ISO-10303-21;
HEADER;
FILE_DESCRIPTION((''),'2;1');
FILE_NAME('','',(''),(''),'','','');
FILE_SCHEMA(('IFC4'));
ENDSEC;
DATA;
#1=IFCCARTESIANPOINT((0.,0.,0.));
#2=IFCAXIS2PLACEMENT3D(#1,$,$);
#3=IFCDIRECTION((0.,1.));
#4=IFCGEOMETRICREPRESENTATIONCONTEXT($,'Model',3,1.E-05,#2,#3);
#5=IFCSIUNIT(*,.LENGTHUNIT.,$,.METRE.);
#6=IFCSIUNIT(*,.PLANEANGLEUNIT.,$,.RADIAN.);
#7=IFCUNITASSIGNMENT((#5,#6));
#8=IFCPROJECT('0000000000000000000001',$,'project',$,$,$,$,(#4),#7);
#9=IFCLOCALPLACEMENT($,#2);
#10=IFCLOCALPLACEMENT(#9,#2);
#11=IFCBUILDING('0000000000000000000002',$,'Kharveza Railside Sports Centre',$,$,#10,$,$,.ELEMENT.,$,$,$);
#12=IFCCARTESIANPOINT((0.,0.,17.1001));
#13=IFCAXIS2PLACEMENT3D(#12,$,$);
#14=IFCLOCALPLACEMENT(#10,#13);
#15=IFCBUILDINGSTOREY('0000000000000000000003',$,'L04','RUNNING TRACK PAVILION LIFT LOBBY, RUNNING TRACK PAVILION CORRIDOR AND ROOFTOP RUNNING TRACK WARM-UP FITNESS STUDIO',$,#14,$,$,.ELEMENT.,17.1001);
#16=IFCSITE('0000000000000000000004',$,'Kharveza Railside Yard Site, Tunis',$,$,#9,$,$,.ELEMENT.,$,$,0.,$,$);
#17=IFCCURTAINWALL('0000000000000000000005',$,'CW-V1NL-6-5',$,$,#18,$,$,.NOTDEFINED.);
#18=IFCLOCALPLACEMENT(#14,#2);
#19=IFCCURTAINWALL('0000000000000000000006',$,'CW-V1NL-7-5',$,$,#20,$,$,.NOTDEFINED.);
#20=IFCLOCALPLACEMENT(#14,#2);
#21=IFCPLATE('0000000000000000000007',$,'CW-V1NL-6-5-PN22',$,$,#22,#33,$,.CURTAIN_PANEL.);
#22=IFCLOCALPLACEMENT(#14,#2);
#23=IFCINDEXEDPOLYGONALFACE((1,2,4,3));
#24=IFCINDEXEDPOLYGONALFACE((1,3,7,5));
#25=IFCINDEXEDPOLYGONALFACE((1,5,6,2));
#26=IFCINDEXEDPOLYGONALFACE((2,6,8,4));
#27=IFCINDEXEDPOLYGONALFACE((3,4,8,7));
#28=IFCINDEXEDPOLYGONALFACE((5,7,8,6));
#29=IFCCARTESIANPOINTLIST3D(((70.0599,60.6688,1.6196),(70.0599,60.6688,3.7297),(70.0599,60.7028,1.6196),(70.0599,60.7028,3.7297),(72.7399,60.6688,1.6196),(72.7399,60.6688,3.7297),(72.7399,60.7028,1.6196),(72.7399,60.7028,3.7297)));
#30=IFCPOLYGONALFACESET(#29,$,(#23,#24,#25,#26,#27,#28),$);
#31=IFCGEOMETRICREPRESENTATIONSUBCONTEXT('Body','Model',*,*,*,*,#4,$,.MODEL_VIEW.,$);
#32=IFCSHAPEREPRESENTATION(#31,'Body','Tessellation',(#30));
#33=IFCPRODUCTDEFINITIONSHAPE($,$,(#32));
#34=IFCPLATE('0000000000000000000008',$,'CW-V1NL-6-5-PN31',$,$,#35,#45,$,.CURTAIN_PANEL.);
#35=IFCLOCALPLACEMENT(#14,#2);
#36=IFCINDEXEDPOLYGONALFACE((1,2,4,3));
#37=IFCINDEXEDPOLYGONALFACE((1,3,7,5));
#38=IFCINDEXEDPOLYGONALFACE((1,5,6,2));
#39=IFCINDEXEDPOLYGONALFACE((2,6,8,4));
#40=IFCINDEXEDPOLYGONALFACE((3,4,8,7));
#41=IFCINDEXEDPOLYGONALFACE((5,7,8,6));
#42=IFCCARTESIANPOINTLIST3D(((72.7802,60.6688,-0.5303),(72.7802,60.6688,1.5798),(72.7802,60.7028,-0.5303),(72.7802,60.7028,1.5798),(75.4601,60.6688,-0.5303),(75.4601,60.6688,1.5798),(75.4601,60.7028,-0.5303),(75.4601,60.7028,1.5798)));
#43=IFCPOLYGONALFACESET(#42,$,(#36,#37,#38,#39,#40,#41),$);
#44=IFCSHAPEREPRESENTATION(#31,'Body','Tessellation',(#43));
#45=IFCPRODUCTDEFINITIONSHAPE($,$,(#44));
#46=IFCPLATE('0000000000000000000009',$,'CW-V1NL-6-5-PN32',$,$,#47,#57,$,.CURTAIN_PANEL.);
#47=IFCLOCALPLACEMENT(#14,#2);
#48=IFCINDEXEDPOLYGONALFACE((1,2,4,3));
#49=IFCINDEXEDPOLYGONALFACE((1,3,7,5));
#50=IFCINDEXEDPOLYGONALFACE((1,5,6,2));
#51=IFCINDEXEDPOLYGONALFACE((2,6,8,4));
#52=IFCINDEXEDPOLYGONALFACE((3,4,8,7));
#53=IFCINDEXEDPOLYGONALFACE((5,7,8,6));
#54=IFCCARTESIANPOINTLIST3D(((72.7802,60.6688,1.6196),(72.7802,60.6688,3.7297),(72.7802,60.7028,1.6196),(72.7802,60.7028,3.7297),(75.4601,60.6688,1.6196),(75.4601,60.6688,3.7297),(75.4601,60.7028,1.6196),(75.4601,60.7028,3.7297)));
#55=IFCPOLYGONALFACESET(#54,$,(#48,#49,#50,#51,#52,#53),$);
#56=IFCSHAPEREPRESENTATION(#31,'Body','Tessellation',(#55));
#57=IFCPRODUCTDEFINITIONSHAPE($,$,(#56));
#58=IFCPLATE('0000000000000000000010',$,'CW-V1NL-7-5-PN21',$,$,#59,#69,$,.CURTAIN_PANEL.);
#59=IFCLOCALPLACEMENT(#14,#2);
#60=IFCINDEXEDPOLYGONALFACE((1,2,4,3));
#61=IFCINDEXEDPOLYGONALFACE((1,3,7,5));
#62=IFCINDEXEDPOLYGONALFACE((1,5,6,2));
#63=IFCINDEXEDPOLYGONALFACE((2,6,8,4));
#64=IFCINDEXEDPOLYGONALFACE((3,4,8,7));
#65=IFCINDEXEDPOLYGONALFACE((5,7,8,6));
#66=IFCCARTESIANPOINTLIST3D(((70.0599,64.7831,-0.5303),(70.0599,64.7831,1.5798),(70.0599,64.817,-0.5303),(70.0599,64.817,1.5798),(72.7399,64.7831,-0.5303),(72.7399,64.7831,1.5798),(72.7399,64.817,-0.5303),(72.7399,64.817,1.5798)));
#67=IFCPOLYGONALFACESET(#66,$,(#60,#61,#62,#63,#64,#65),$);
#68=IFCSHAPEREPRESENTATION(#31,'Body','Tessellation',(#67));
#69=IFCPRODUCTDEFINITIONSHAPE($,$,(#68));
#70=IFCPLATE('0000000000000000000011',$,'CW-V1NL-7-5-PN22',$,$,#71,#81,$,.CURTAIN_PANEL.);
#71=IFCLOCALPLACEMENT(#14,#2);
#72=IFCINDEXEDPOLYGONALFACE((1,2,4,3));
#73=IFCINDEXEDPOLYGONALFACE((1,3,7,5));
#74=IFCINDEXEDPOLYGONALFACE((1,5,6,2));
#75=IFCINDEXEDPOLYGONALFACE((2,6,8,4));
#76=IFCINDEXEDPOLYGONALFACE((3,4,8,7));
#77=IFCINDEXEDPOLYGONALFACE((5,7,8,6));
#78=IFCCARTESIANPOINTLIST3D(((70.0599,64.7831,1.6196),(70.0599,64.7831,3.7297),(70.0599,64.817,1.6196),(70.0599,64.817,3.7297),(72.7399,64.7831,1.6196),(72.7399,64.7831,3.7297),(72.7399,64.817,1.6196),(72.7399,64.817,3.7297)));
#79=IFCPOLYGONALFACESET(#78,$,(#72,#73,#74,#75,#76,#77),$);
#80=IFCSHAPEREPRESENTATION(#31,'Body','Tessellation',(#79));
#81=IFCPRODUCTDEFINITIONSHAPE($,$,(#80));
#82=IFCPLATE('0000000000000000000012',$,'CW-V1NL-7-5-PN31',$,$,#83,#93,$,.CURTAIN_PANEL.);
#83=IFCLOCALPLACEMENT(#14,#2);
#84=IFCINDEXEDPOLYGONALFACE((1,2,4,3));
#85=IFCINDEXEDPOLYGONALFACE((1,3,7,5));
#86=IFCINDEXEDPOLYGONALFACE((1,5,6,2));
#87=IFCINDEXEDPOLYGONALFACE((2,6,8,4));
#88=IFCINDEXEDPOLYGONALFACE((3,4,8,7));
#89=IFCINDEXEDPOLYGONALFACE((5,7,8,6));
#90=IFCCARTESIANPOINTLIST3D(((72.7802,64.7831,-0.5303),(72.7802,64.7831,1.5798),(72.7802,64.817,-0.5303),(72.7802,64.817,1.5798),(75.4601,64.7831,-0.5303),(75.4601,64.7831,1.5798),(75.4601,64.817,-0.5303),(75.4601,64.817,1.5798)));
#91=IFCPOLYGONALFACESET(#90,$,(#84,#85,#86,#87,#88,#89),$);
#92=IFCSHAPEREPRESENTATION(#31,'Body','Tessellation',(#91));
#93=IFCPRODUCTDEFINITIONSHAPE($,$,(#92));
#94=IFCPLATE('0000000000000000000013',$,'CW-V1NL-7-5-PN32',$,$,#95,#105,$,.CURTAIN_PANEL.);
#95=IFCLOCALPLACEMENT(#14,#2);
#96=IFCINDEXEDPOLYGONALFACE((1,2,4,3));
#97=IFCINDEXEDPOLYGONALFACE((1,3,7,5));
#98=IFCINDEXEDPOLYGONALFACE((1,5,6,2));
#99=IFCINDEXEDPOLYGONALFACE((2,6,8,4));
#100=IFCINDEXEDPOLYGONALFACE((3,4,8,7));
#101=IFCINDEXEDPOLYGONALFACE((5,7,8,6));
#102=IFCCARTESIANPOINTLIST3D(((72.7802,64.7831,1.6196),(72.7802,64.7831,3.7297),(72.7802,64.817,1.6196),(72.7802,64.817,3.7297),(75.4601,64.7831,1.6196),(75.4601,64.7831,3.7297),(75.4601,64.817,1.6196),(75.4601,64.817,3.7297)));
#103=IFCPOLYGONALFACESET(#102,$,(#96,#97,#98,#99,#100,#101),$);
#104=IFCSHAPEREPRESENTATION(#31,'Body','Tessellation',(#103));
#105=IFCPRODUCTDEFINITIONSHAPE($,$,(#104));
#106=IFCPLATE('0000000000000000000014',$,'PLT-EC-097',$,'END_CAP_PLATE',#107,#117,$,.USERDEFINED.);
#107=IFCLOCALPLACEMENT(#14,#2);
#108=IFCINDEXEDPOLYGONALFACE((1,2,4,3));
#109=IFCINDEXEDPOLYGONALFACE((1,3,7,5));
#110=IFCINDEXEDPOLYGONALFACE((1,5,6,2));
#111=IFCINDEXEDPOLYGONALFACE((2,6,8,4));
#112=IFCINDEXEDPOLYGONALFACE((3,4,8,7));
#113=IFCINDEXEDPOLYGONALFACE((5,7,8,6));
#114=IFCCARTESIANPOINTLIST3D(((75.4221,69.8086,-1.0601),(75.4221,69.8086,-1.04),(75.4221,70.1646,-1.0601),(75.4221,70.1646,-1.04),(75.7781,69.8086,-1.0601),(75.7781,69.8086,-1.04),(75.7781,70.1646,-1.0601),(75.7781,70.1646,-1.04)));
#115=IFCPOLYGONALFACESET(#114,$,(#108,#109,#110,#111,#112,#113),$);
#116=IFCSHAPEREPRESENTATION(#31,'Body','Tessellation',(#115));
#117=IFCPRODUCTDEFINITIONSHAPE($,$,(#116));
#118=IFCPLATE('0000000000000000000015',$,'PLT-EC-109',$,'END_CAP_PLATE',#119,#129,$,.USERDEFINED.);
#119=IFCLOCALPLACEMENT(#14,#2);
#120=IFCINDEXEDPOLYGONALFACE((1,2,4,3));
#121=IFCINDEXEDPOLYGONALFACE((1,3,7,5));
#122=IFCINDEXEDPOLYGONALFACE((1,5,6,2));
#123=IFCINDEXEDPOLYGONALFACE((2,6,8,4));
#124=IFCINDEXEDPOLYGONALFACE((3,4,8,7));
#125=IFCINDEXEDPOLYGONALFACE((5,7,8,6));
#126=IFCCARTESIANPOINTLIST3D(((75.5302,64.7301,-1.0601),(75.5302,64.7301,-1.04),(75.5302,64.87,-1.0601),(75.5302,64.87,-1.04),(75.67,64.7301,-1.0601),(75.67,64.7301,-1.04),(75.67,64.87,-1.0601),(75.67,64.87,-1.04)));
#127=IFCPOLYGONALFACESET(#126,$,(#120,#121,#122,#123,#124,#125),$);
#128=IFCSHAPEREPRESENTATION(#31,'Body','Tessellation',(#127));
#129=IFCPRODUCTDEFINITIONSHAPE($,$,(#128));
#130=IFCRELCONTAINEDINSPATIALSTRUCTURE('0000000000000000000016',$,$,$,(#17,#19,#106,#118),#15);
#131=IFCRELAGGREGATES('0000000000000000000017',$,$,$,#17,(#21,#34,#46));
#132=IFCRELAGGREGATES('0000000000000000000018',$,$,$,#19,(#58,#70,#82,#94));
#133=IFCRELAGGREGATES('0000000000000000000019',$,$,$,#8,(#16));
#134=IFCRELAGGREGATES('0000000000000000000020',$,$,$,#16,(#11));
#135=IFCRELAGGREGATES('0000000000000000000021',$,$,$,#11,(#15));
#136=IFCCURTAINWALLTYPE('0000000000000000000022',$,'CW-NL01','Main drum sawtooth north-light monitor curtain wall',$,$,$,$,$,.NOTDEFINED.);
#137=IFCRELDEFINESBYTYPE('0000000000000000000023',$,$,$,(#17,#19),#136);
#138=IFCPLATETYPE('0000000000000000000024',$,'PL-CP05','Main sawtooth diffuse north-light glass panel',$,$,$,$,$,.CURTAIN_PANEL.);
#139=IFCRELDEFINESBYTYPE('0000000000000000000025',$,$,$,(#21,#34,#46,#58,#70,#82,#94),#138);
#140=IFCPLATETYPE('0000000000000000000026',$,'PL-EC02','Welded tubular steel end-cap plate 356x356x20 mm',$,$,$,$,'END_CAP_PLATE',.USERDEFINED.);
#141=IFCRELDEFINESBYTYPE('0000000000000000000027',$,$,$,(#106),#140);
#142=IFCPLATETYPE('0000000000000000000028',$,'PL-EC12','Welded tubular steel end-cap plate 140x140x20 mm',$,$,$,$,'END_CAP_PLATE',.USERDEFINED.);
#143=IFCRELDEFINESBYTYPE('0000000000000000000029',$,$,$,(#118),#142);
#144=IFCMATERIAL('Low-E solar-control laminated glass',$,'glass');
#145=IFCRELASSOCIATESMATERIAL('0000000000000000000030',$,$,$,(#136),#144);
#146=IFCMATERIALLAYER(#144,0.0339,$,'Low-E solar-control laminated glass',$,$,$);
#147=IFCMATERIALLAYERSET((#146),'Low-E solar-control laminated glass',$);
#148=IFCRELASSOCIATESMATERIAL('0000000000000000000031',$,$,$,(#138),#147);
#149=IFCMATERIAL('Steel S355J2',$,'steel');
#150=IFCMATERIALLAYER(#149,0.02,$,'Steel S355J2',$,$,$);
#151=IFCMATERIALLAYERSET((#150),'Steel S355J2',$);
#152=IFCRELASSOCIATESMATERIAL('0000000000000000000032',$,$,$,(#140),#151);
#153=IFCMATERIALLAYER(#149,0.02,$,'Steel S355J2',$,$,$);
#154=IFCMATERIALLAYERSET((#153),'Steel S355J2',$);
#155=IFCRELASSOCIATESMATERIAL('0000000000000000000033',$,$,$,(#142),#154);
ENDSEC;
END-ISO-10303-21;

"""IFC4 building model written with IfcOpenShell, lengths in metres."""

from ifc_helpers import new_model, si_unit, direction, frame, origin, origin_2d, place, context, subcontext, project, spatial, rectangle, extrude, material, layer, layer_set, type_object, element, aggregate, save


model = new_model("IFC4")

# Units and contexts
model_context = context("Model", 3, precision=1e-05, world=origin(), true_north=direction((0.0, 1.0)))
body_context = subcontext(model_context, "Body", "Model", "MODEL_VIEW")
ifc_project = project(units=[si_unit("LENGTHUNIT", "METRE"), si_unit("PLANEANGLEUNIT", "RADIAN")], contexts=[model_context])

# Site, building, storey
site_placement = place(None, origin())
site = spatial("IfcSite", under=ifc_project, at=site_placement, Name="Kharveza Railside Yard Site, Tunis", CompositionType="ELEMENT", RefElevation=0.0)
building_placement = place(site_placement, origin())
building = spatial("IfcBuilding", under=site, at=building_placement, Name="Kharveza Railside Sports Centre", CompositionType="ELEMENT")
storey_placement = place(building_placement, frame((0.0, 0.0, 17.1001)))
storey = spatial("IfcBuildingStorey", under=building, at=storey_placement, Name="L04", Description="RUNNING TRACK PAVILION LIFT LOBBY, RUNNING TRACK PAVILION CORRIDOR AND ROOFTOP RUNNING TRACK WARM-UP FITNESS STUDIO", CompositionType="ELEMENT", Elevation=17.1001)

# Shared definitions
ifc_material_1 = material(Name="Low-E solar-control laminated glass", Category="glass")
curtain_wall_type = type_object("IfcCurtainWallType", Name="CW-NL01", Description="Main drum sawtooth north-light monitor curtain wall", PredefinedType="NOTDEFINED", material=ifc_material_1)

# Curtain walls
curtain_wall_1_placement = place(storey_placement, origin())
curtain_wall_1 = element("IfcCurtainWall", 1, at=curtain_wall_1_placement, inside=storey, type_object=curtain_wall_type, Name="CW-V1NL-6-5", PredefinedType="NOTDEFINED")
curtain_wall_2_placement = place(storey_placement, origin())
curtain_wall_2 = element("IfcCurtainWall", 2, at=curtain_wall_2_placement, inside=storey, type_object=curtain_wall_type, Name="CW-V1NL-7-5", PredefinedType="NOTDEFINED")

# Shared definitions
ifc_material_2 = material(Name="Steel S355J2", Category="steel")

# Plates
ifc_layer_1 = layer(ifc_material_1, 0.0339, Name="Low-E solar-control laminated glass")
ifc_layer_set_1 = layer_set([ifc_layer_1], Name="Low-E solar-control laminated glass")
plate_type_1 = type_object("IfcPlateType", Name="PL-CP05", Description="Main sawtooth diffuse north-light glass panel", PredefinedType="CURTAIN_PANEL", material=ifc_layer_set_1)
plate_1_placement = place(storey_placement, frame((71.3999, 60.6858, 1.6196), z_axis=(0.0, 0.0, 1.0), x_axis=(1.0, 0.0, 0.0)))
plate_1 = element("IfcPlate", 3, at=plate_1_placement, type_object=plate_type_1, Name="CW-V1NL-6-5-PN22", PredefinedType="CURTAIN_PANEL", context=body_context, shape_type="SweptSolid", body=[
    extrude(rectangle(XDim=2.6799, YDim=0.0339, at=origin_2d()), origin(), (0.0, 0.0, 1.0), 2.1101),
])
plate_2_placement = place(storey_placement, frame((74.1201, 60.6858, -0.5303), z_axis=(0.0, 0.0, 1.0), x_axis=(1.0, 0.0, 0.0)))
plate_2 = element("IfcPlate", 4, at=plate_2_placement, type_object=plate_type_1, Name="CW-V1NL-6-5-PN31", PredefinedType="CURTAIN_PANEL", context=body_context, shape_type="SweptSolid", body=[
    extrude(rectangle(XDim=2.6799, YDim=0.0339, at=origin_2d()), origin(), (0.0, 0.0, 1.0), 2.1101),
])
plate_3_placement = place(storey_placement, frame((74.1201, 60.6858, 1.6196), z_axis=(0.0, 0.0, 1.0), x_axis=(1.0, 0.0, 0.0)))
plate_3 = element("IfcPlate", 5, at=plate_3_placement, type_object=plate_type_1, Name="CW-V1NL-6-5-PN32", PredefinedType="CURTAIN_PANEL", context=body_context, shape_type="SweptSolid", body=[
    extrude(rectangle(XDim=2.6799, YDim=0.0339, at=origin_2d()), origin(), (0.0, 0.0, 1.0), 2.1101),
])
aggregate(curtain_wall_1, [plate_1, plate_2, plate_3])
plate_4_placement = place(storey_placement, frame((71.3999, 64.8, -0.5303), z_axis=(0.0, 0.0, 1.0), x_axis=(1.0, 0.0, 0.0)))
plate_4 = element("IfcPlate", 6, at=plate_4_placement, type_object=plate_type_1, Name="CW-V1NL-7-5-PN21", PredefinedType="CURTAIN_PANEL", context=body_context, shape_type="SweptSolid", body=[
    extrude(rectangle(XDim=2.6799, YDim=0.0339, at=origin_2d()), origin(), (0.0, 0.0, 1.0), 2.1101),
])
plate_5_placement = place(storey_placement, frame((71.3999, 64.8, 1.6196), z_axis=(0.0, 0.0, 1.0), x_axis=(1.0, 0.0, 0.0)))
plate_5 = element("IfcPlate", 7, at=plate_5_placement, type_object=plate_type_1, Name="CW-V1NL-7-5-PN22", PredefinedType="CURTAIN_PANEL", context=body_context, shape_type="SweptSolid", body=[
    extrude(rectangle(XDim=2.6799, YDim=0.0339, at=origin_2d()), origin(), (0.0, 0.0, 1.0), 2.1101),
])
plate_6_placement = place(storey_placement, frame((74.1201, 64.8, -0.5303), z_axis=(0.0, 0.0, 1.0), x_axis=(1.0, 0.0, 0.0)))
plate_6 = element("IfcPlate", 8, at=plate_6_placement, type_object=plate_type_1, Name="CW-V1NL-7-5-PN31", PredefinedType="CURTAIN_PANEL", context=body_context, shape_type="SweptSolid", body=[
    extrude(rectangle(XDim=2.6799, YDim=0.0339, at=origin_2d()), origin(), (0.0, 0.0, 1.0), 2.1101),
])
plate_7_placement = place(storey_placement, frame((74.1201, 64.8, 1.6196), z_axis=(0.0, 0.0, 1.0), x_axis=(1.0, 0.0, 0.0)))
plate_7 = element("IfcPlate", 9, at=plate_7_placement, type_object=plate_type_1, Name="CW-V1NL-7-5-PN32", PredefinedType="CURTAIN_PANEL", context=body_context, shape_type="SweptSolid", body=[
    extrude(rectangle(XDim=2.6799, YDim=0.0339, at=origin_2d()), origin(), (0.0, 0.0, 1.0), 2.1101),
])
aggregate(curtain_wall_2, [plate_4, plate_5, plate_6, plate_7])

# Plates
ifc_layer_2 = layer(ifc_material_2, 0.02, Name="Steel S355J2")
ifc_layer_set_2 = layer_set([ifc_layer_2], Name="Steel S355J2")
plate_type_2 = type_object("IfcPlateType", Name="PL-EC02", Description="Welded tubular steel end-cap plate 356x356x20 mm", ElementType="END_CAP_PLATE", PredefinedType="USERDEFINED", material=ifc_layer_set_2)
plate_8_placement = place(storey_placement, frame((75.6001, 69.9866, -1.0601), z_axis=(0.0, 0.0, 1.0), x_axis=(1.0, 0.0, 0.0)))
element("IfcPlate", 10, at=plate_8_placement, inside=storey, type_object=plate_type_2, Name="PLT-EC-097", ObjectType="END_CAP_PLATE", PredefinedType="USERDEFINED", context=body_context, shape_type="SweptSolid", body=[
    extrude(rectangle(XDim=0.356, YDim=0.356, at=origin_2d()), origin(), (0.0, 0.0, 1.0), 0.02),
])
ifc_layer_3 = layer(ifc_material_2, 0.02, Name="Steel S355J2")
ifc_layer_set_3 = layer_set([ifc_layer_3], Name="Steel S355J2")
plate_type_3 = type_object("IfcPlateType", Name="PL-EC12", Description="Welded tubular steel end-cap plate 140x140x20 mm", ElementType="END_CAP_PLATE", PredefinedType="USERDEFINED", material=ifc_layer_set_3)
plate_9_placement = place(storey_placement, frame((75.6001, 64.8, -1.0601), z_axis=(0.0, 0.0, 1.0), x_axis=(1.0, 0.0, 0.0)))
element("IfcPlate", 11, at=plate_9_placement, inside=storey, type_object=plate_type_3, Name="PLT-EC-109", ObjectType="END_CAP_PLATE", PredefinedType="USERDEFINED", context=body_context, shape_type="SweptSolid", body=[
    extrude(rectangle(XDim=0.1399, YDim=0.1399, at=origin_2d()), origin(), (0.0, 0.0, 1.0), 0.02),
])

save(model, "model.ifc")
